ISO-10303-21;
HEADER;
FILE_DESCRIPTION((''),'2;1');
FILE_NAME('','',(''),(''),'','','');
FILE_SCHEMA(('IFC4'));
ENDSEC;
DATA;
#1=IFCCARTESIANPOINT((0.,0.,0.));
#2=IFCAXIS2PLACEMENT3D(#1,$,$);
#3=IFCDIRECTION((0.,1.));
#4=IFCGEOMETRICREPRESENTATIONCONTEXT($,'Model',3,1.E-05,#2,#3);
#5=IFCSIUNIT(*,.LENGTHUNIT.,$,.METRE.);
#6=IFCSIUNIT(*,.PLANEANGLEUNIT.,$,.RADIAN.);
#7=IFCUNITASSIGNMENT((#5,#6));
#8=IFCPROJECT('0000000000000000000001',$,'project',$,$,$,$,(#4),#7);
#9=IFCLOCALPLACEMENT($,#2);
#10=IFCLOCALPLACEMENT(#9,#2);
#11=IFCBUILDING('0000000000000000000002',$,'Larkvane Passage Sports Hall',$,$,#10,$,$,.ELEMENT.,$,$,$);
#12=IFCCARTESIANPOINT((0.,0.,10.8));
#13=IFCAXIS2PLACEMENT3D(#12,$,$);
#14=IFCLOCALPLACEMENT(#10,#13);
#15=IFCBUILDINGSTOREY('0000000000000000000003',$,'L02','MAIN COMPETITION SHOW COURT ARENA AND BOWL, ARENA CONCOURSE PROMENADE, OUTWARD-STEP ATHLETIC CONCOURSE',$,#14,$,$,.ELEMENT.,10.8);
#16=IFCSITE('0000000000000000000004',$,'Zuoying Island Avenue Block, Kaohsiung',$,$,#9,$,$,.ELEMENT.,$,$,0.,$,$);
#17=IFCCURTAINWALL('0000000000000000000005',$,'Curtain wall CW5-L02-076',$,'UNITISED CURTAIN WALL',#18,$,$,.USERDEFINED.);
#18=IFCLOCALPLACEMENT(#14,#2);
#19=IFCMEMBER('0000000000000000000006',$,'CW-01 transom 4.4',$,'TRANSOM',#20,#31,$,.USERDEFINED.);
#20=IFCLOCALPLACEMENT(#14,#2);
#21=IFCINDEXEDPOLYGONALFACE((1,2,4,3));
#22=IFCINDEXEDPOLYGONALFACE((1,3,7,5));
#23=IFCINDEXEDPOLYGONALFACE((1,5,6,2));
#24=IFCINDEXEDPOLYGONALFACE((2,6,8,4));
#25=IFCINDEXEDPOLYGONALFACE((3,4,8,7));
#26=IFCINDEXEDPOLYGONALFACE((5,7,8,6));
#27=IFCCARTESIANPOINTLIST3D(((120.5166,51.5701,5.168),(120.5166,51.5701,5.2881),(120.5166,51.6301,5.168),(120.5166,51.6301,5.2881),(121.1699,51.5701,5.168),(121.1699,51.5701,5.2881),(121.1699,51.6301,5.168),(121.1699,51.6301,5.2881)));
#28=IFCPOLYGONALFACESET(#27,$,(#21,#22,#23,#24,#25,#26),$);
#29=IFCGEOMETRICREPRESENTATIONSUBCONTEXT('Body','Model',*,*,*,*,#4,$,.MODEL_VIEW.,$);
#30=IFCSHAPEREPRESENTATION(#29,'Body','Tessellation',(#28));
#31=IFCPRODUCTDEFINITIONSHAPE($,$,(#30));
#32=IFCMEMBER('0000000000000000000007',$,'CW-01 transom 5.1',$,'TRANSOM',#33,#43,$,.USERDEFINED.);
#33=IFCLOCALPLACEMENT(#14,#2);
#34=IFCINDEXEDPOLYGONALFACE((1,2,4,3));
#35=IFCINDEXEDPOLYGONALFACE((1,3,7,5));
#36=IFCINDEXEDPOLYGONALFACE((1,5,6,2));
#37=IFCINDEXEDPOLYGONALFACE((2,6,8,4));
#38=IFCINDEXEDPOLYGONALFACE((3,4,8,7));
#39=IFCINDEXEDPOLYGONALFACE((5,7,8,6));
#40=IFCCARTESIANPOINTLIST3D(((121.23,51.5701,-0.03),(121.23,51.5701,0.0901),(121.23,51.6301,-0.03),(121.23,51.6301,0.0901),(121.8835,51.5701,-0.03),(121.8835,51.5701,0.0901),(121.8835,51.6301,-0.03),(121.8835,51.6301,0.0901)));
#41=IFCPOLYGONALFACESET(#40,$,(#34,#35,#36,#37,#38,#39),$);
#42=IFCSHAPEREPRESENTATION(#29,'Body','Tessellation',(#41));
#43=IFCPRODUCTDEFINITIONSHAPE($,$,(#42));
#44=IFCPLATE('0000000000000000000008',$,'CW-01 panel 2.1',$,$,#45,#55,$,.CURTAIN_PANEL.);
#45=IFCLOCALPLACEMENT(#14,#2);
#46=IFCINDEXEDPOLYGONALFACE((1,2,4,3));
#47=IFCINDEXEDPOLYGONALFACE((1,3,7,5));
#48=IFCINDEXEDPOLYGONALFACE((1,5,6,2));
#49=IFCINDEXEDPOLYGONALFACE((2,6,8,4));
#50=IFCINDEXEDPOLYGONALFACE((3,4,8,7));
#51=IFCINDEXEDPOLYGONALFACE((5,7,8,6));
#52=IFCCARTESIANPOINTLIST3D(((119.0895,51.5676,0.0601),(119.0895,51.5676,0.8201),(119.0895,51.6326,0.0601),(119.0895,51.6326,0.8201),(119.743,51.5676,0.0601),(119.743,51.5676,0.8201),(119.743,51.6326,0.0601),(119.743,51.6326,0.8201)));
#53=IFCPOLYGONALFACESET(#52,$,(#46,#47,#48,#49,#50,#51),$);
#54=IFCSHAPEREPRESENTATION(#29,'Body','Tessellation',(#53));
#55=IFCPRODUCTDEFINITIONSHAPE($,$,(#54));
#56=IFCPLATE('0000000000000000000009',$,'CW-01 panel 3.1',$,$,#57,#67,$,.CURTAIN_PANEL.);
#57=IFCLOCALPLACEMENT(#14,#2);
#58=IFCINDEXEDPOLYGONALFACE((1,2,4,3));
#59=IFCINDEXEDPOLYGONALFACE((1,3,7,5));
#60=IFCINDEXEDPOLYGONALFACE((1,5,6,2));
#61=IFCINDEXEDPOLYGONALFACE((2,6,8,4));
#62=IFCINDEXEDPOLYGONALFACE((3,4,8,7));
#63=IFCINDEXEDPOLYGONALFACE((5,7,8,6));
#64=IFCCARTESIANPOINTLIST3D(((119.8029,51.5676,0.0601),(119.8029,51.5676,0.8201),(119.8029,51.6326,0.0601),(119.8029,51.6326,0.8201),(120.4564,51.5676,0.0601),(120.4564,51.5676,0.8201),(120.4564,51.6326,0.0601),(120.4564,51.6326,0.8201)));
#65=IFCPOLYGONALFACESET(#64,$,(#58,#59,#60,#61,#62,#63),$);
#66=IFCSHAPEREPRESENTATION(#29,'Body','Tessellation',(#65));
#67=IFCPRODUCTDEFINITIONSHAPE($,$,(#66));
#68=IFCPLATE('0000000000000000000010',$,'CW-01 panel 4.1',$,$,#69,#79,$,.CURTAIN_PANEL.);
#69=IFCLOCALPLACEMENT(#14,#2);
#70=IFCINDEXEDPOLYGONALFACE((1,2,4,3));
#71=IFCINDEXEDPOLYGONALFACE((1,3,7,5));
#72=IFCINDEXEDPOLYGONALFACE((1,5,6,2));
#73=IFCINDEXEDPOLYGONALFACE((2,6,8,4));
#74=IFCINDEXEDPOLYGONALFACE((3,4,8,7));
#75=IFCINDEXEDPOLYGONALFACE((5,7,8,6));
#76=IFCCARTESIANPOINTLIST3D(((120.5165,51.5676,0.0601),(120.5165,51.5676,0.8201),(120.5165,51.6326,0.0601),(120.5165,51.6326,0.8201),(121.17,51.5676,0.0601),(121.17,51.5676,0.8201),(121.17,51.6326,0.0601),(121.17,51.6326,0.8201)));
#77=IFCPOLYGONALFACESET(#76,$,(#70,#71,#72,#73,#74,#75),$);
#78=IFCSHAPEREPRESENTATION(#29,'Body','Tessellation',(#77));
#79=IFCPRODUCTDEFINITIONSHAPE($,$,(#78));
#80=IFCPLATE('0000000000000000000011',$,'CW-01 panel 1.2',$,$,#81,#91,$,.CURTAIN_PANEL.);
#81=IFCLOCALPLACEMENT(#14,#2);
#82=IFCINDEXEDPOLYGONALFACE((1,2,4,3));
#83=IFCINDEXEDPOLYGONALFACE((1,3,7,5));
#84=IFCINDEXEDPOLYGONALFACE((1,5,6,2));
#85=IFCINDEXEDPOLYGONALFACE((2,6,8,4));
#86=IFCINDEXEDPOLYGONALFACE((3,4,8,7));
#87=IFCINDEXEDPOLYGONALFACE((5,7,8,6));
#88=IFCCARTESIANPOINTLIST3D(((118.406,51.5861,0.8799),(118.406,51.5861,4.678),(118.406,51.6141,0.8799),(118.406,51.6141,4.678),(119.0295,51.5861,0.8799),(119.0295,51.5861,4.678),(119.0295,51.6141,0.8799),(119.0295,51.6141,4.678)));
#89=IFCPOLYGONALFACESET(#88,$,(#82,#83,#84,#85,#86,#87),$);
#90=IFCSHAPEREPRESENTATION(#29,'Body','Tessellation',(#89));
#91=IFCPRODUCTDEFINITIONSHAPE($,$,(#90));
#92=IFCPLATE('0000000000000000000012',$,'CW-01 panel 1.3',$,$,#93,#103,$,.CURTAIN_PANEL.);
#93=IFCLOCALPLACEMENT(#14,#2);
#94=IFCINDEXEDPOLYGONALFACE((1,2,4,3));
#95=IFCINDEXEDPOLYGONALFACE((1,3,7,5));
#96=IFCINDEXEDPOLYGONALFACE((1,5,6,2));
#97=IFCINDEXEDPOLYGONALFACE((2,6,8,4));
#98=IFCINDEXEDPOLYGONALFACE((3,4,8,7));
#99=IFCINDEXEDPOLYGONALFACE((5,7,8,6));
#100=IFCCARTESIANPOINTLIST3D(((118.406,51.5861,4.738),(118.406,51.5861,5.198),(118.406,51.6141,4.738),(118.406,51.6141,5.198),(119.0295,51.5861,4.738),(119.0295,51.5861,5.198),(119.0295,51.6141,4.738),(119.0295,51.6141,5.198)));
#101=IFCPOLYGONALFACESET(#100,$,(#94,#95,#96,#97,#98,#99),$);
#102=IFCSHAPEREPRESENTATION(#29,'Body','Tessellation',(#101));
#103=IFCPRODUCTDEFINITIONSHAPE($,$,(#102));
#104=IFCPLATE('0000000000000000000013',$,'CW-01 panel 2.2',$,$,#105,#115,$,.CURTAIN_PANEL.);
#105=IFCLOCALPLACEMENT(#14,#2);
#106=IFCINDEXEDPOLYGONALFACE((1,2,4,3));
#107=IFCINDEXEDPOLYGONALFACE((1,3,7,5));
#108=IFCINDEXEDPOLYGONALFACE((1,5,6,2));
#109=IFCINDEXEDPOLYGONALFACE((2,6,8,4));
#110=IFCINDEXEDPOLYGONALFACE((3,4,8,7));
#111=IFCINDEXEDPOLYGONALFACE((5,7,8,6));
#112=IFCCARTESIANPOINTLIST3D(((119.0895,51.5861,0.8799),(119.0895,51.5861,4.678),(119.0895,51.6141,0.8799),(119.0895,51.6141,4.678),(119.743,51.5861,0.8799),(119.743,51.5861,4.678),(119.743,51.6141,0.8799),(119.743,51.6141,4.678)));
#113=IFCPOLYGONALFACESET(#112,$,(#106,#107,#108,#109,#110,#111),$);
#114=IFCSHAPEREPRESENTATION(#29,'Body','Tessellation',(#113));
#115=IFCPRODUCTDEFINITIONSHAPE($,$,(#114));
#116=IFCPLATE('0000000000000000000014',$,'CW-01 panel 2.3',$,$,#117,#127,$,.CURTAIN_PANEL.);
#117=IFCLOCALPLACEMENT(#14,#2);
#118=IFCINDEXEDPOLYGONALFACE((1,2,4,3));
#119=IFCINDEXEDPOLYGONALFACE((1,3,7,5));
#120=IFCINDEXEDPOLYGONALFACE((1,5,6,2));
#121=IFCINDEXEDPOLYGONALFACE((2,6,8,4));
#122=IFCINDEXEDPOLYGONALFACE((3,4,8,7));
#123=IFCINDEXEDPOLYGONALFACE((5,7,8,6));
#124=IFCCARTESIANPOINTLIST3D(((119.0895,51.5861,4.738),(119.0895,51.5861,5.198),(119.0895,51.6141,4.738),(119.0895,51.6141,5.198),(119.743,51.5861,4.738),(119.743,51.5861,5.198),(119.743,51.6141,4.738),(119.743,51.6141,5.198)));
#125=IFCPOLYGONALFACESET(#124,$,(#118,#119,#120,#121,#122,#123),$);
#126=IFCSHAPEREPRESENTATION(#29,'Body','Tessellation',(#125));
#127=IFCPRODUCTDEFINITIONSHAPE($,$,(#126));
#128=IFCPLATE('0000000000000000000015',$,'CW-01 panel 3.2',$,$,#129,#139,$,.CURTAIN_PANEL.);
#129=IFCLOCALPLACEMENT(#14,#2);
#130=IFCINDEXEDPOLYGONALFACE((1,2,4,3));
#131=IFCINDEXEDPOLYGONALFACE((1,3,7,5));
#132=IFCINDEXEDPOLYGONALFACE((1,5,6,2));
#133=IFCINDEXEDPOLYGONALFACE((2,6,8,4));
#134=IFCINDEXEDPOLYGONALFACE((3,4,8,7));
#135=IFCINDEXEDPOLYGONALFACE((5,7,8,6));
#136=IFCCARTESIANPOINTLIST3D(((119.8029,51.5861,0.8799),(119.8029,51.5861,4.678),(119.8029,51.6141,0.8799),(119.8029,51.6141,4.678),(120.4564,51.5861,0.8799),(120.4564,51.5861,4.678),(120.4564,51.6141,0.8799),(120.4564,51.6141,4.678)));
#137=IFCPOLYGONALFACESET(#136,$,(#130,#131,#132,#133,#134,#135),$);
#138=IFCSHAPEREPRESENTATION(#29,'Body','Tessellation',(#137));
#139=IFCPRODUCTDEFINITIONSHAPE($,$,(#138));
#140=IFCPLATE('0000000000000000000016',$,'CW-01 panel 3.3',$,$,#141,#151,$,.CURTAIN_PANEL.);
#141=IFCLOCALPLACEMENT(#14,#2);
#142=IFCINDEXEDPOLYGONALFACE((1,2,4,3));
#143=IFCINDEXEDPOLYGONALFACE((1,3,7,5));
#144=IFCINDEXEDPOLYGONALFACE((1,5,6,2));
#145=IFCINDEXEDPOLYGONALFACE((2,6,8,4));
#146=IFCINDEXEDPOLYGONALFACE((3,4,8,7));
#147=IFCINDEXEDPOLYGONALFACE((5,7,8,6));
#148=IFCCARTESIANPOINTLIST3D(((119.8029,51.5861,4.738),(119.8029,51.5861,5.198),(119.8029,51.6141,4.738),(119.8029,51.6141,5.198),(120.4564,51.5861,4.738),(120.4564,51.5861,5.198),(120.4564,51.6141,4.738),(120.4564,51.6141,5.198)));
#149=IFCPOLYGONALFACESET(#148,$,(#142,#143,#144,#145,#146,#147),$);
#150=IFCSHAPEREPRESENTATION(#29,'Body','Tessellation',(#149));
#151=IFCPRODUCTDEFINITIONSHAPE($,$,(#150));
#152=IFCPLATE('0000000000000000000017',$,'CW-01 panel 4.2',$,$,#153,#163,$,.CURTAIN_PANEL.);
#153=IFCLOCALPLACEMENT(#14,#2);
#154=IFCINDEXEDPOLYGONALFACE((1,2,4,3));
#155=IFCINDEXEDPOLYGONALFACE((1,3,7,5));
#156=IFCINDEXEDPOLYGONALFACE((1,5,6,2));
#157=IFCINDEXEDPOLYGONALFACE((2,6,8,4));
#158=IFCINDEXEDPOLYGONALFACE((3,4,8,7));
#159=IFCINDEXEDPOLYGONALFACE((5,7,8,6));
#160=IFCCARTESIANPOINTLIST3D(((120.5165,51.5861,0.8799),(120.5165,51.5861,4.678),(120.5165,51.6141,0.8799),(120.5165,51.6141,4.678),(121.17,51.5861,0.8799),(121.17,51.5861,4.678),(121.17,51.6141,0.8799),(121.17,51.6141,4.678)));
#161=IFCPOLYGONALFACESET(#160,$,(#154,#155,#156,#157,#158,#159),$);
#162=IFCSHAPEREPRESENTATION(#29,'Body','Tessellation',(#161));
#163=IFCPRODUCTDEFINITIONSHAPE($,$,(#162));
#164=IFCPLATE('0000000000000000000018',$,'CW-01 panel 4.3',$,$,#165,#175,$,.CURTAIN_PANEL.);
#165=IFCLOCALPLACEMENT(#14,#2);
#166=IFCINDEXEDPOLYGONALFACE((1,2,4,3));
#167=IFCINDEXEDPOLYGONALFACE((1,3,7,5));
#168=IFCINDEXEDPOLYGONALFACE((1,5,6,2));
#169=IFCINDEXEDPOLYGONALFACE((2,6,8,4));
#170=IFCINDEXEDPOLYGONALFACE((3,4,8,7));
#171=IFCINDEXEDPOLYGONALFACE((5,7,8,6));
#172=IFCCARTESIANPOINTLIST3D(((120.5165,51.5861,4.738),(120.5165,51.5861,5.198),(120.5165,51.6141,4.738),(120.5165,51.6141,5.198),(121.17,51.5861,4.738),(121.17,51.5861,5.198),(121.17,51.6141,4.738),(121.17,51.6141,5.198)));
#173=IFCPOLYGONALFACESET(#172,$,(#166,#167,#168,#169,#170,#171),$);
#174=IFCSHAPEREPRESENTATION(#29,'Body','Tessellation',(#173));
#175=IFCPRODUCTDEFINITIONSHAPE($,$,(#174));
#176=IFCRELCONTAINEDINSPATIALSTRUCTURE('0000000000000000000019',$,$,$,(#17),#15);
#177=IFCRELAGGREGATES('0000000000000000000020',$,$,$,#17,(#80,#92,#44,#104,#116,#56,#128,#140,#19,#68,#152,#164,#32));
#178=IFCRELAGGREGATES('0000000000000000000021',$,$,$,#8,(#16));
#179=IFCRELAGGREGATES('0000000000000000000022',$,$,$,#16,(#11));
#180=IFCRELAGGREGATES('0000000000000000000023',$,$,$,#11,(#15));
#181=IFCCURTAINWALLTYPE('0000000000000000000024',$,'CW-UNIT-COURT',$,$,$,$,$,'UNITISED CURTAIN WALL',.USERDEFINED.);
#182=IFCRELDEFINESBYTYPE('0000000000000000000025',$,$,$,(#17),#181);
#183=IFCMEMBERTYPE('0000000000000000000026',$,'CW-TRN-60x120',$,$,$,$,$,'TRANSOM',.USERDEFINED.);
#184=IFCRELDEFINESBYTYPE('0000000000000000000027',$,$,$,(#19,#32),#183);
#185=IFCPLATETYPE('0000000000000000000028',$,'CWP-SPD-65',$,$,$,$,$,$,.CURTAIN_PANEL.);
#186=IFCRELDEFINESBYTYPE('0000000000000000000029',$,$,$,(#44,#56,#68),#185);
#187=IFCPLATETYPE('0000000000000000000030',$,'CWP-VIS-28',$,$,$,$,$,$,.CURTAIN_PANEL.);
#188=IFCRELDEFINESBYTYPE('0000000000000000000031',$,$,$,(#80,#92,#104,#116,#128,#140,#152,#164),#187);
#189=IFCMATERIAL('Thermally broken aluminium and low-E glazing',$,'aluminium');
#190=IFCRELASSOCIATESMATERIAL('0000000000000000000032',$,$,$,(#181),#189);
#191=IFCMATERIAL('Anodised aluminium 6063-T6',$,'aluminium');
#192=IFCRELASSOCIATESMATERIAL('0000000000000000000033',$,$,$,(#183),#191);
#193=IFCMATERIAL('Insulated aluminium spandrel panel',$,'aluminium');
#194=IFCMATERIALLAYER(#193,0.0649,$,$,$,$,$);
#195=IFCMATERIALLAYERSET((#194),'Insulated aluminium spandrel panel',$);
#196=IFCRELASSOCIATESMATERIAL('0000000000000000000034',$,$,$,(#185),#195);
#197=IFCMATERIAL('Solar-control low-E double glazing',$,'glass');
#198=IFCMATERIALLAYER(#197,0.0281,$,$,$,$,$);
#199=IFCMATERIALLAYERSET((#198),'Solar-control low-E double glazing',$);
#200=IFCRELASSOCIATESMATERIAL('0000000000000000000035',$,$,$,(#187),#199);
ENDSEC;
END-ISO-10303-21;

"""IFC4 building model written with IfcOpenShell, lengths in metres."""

from ifc_helpers import new_model, si_unit, direction, frame, origin, origin_2d, place, context, subcontext, project, spatial, rectangle, extrude, material, layer, layer_set, material_profile, profile_set, type_object, element, aggregate, save


model = new_model("IFC4")

# Units and contexts
model_context = context("Model", 3, precision=1e-05, world=origin(), true_north=direction((0.0, 1.0)))
body_context = subcontext(model_context, "Body", "Model", "MODEL_VIEW")
ifc_project = project(units=[si_unit("LENGTHUNIT", "METRE"), si_unit("PLANEANGLEUNIT", "RADIAN")], contexts=[model_context])

# Site, building, storey
site_placement = place(None, origin())
site = spatial("IfcSite", under=ifc_project, at=site_placement, Name="Zuoying Island Avenue Block, Kaohsiung", CompositionType="ELEMENT", RefElevation=0.0)
building_placement = place(site_placement, origin())
building = spatial("IfcBuilding", under=site, at=building_placement, Name="Larkvane Passage Sports Hall", CompositionType="ELEMENT")
storey_placement = place(building_placement, frame((0.0, 0.0, 10.8)))
storey = spatial("IfcBuildingStorey", under=building, at=storey_placement, Name="L02", Description="MAIN COMPETITION SHOW COURT ARENA AND BOWL, ARENA CONCOURSE PROMENADE, OUTWARD-STEP ATHLETIC CONCOURSE", CompositionType="ELEMENT", Elevation=10.8)

# Curtain wall, members, plates
ifc_material_1 = material(Name="Thermally broken aluminium and low-E glazing", Category="aluminium")
curtain_wall_type = type_object("IfcCurtainWallType", Name="CW-UNIT-COURT", ElementType="UNITISED CURTAIN WALL", PredefinedType="USERDEFINED", material=ifc_material_1)
curtain_wall_placement = place(storey_placement, origin())
curtain_wall = element("IfcCurtainWall", 1, at=curtain_wall_placement, inside=storey, type_object=curtain_wall_type, Name="Curtain wall CW5-L02-076", ObjectType="UNITISED CURTAIN WALL", PredefinedType="USERDEFINED")
ifc_material_2 = material(Name="Anodised aluminium 6063-T6", Category="aluminium")
ifc_material_profile_1 = material_profile(ifc_material_2, rectangle(XDim=0.0601, YDim=0.1201, at=origin_2d()), Name="ALU-TRN-60x120")
ifc_profile_set_1 = profile_set([ifc_material_profile_1], Name="Anodised aluminium 6063-T6")
member_type_1 = type_object("IfcMemberType", Name="CW-TRN-60x120", ElementType="TRANSOM", PredefinedType="USERDEFINED", material=ifc_profile_set_1)
member_1_placement = place(storey_placement, frame((120.5166, 51.6001, 5.228), z_axis=(1.0, 0.0, 0.0), x_axis=(0.0, 1.0, 0.0)))
member_1 = element("IfcMember", 2, at=member_1_placement, type_object=member_type_1, Name="CW-01 transom 4.4", ObjectType="TRANSOM", PredefinedType="USERDEFINED", context=body_context, shape_type="SweptSolid", body=[
    extrude(rectangle(XDim=0.0601, YDim=0.1201, at=origin_2d()), origin(), (0.0, 0.0, 1.0), 0.6533),
])
member_2_placement = place(storey_placement, frame((121.23, 51.6001, 0.03), z_axis=(1.0, 0.0, 0.0), x_axis=(0.0, 1.0, 0.0)))
member_2 = element("IfcMember", 3, at=member_2_placement, type_object=member_type_1, Name="CW-01 transom 5.1", ObjectType="TRANSOM", PredefinedType="USERDEFINED", context=body_context, shape_type="SweptSolid", body=[
    extrude(rectangle(XDim=0.0601, YDim=0.1201, at=origin_2d()), origin(), (0.0, 0.0, 1.0), 0.6536),
])
ifc_material_3 = material(Name="Insulated aluminium spandrel panel", Category="aluminium")
ifc_layer_1 = layer(ifc_material_3, 0.0649)
ifc_layer_set_1 = layer_set([ifc_layer_1], Name="Insulated aluminium spandrel panel")
plate_type_1 = type_object("IfcPlateType", Name="CWP-SPD-65", PredefinedType="CURTAIN_PANEL", material=ifc_layer_set_1)
plate_1_placement = place(storey_placement, frame((119.4163, 51.6001, 0.0601), z_axis=(0.0, 0.0, 1.0), x_axis=(1.0, 0.0, 0.0)))
plate_1 = element("IfcPlate", 4, at=plate_1_placement, type_object=plate_type_1, Name="CW-01 panel 2.1", PredefinedType="CURTAIN_PANEL", context=body_context, shape_type="SweptSolid", body=[
    extrude(rectangle(XDim=0.6536, YDim=0.0649, at=origin_2d()), origin(), (0.0, 0.0, 1.0), 0.76),
])
plate_2_placement = place(storey_placement, frame((120.1296, 51.6001, 0.0601), z_axis=(0.0, 0.0, 1.0), x_axis=(1.0, 0.0, 0.0)))
plate_2 = element("IfcPlate", 5, at=plate_2_placement, type_object=plate_type_1, Name="CW-01 panel 3.1", PredefinedType="CURTAIN_PANEL", context=body_context, shape_type="SweptSolid", body=[
    extrude(rectangle(XDim=0.6536, YDim=0.0649, at=origin_2d()), origin(), (0.0, 0.0, 1.0), 0.76),
])
plate_3_placement = place(storey_placement, frame((120.8433, 51.6001, 0.0601), z_axis=(0.0, 0.0, 1.0), x_axis=(1.0, 0.0, 0.0)))
plate_3 = element("IfcPlate", 6, at=plate_3_placement, type_object=plate_type_1, Name="CW-01 panel 4.1", PredefinedType="CURTAIN_PANEL", context=body_context, shape_type="SweptSolid", body=[
    extrude(rectangle(XDim=0.6536, YDim=0.0649, at=origin_2d()), origin(), (0.0, 0.0, 1.0), 0.76),
])
ifc_material_4 = material(Name="Solar-control low-E double glazing", Category="glass")
ifc_layer_2 = layer(ifc_material_4, 0.0281)
ifc_layer_set_2 = layer_set([ifc_layer_2], Name="Solar-control low-E double glazing")
plate_type_2 = type_object("IfcPlateType", Name="CWP-VIS-28", PredefinedType="CURTAIN_PANEL", material=ifc_layer_set_2)
plate_4_placement = place(storey_placement, frame((118.7178, 51.6001, 0.8799), z_axis=(0.0, 0.0, 1.0), x_axis=(1.0, 0.0, 0.0)))
plate_4 = element("IfcPlate", 7, at=plate_4_placement, type_object=plate_type_2, Name="CW-01 panel 1.2", PredefinedType="CURTAIN_PANEL", context=body_context, shape_type="SweptSolid", body=[
    extrude(rectangle(XDim=0.6235, YDim=0.0281, at=origin_2d()), origin(), (0.0, 0.0, 1.0), 3.7981),
])
plate_5_placement = place(storey_placement, frame((118.7178, 51.6001, 4.738), z_axis=(0.0, 0.0, 1.0), x_axis=(1.0, 0.0, 0.0)))
plate_5 = element("IfcPlate", 8, at=plate_5_placement, type_object=plate_type_2, Name="CW-01 panel 1.3", PredefinedType="CURTAIN_PANEL", context=body_context, shape_type="SweptSolid", body=[
    extrude(rectangle(XDim=0.6235, YDim=0.0281, at=origin_2d()), origin(), (0.0, 0.0, 1.0), 0.46),
])
plate_6_placement = place(storey_placement, frame((119.4163, 51.6001, 0.8799), z_axis=(0.0, 0.0, 1.0), x_axis=(1.0, 0.0, 0.0)))
plate_6 = element("IfcPlate", 9, at=plate_6_placement, type_object=plate_type_2, Name="CW-01 panel 2.2", PredefinedType="CURTAIN_PANEL", context=body_context, shape_type="SweptSolid", body=[
    extrude(rectangle(XDim=0.6536, YDim=0.0281, at=origin_2d()), origin(), (0.0, 0.0, 1.0), 3.7981),
])
plate_7_placement = place(storey_placement, frame((119.4163, 51.6001, 4.738), z_axis=(0.0, 0.0, 1.0), x_axis=(1.0, 0.0, 0.0)))
plate_7 = element("IfcPlate", 10, at=plate_7_placement, type_object=plate_type_2, Name="CW-01 panel 2.3", PredefinedType="CURTAIN_PANEL", context=body_context, shape_type="SweptSolid", body=[
    extrude(rectangle(XDim=0.6536, YDim=0.0281, at=origin_2d()), origin(), (0.0, 0.0, 1.0), 0.46),
])
plate_8_placement = place(storey_placement, frame((120.1296, 51.6001, 0.8799), z_axis=(0.0, 0.0, 1.0), x_axis=(1.0, 0.0, 0.0)))
plate_8 = element("IfcPlate", 11, at=plate_8_placement, type_object=plate_type_2, Name="CW-01 panel 3.2", PredefinedType="CURTAIN_PANEL", context=body_context, shape_type="SweptSolid", body=[
    extrude(rectangle(XDim=0.6536, YDim=0.0281, at=origin_2d()), origin(), (0.0, 0.0, 1.0), 3.7981),
])
plate_9_placement = place(storey_placement, frame((120.1296, 51.6001, 4.738), z_axis=(0.0, 0.0, 1.0), x_axis=(1.0, 0.0, 0.0)))
plate_9 = element("IfcPlate", 12, at=plate_9_placement, type_object=plate_type_2, Name="CW-01 panel 3.3", PredefinedType="CURTAIN_PANEL", context=body_context, shape_type="SweptSolid", body=[
    extrude(rectangle(XDim=0.6536, YDim=0.0281, at=origin_2d()), origin(), (0.0, 0.0, 1.0), 0.46),
])
plate_10_placement = place(storey_placement, frame((120.8433, 51.6001, 0.8799), z_axis=(0.0, 0.0, 1.0), x_axis=(1.0, 0.0, 0.0)))
plate_10 = element("IfcPlate", 13, at=plate_10_placement, type_object=plate_type_2, Name="CW-01 panel 4.2", PredefinedType="CURTAIN_PANEL", context=body_context, shape_type="SweptSolid", body=[
    extrude(rectangle(XDim=0.6536, YDim=0.0281, at=origin_2d()), origin(), (0.0, 0.0, 1.0), 3.7981),
])
plate_11_placement = place(storey_placement, frame((120.8433, 51.6001, 4.738), z_axis=(0.0, 0.0, 1.0), x_axis=(1.0, 0.0, 0.0)))
plate_11 = element("IfcPlate", 14, at=plate_11_placement, type_object=plate_type_2, Name="CW-01 panel 4.3", PredefinedType="CURTAIN_PANEL", context=body_context, shape_type="SweptSolid", body=[
    extrude(rectangle(XDim=0.6536, YDim=0.0281, at=origin_2d()), origin(), (0.0, 0.0, 1.0), 0.46),
])
aggregate(curtain_wall, [plate_4, plate_5, plate_1, plate_6, plate_7, plate_2, plate_8, plate_9, member_1, plate_3, plate_10, plate_11, member_2])

save(model, "model.ifc")
